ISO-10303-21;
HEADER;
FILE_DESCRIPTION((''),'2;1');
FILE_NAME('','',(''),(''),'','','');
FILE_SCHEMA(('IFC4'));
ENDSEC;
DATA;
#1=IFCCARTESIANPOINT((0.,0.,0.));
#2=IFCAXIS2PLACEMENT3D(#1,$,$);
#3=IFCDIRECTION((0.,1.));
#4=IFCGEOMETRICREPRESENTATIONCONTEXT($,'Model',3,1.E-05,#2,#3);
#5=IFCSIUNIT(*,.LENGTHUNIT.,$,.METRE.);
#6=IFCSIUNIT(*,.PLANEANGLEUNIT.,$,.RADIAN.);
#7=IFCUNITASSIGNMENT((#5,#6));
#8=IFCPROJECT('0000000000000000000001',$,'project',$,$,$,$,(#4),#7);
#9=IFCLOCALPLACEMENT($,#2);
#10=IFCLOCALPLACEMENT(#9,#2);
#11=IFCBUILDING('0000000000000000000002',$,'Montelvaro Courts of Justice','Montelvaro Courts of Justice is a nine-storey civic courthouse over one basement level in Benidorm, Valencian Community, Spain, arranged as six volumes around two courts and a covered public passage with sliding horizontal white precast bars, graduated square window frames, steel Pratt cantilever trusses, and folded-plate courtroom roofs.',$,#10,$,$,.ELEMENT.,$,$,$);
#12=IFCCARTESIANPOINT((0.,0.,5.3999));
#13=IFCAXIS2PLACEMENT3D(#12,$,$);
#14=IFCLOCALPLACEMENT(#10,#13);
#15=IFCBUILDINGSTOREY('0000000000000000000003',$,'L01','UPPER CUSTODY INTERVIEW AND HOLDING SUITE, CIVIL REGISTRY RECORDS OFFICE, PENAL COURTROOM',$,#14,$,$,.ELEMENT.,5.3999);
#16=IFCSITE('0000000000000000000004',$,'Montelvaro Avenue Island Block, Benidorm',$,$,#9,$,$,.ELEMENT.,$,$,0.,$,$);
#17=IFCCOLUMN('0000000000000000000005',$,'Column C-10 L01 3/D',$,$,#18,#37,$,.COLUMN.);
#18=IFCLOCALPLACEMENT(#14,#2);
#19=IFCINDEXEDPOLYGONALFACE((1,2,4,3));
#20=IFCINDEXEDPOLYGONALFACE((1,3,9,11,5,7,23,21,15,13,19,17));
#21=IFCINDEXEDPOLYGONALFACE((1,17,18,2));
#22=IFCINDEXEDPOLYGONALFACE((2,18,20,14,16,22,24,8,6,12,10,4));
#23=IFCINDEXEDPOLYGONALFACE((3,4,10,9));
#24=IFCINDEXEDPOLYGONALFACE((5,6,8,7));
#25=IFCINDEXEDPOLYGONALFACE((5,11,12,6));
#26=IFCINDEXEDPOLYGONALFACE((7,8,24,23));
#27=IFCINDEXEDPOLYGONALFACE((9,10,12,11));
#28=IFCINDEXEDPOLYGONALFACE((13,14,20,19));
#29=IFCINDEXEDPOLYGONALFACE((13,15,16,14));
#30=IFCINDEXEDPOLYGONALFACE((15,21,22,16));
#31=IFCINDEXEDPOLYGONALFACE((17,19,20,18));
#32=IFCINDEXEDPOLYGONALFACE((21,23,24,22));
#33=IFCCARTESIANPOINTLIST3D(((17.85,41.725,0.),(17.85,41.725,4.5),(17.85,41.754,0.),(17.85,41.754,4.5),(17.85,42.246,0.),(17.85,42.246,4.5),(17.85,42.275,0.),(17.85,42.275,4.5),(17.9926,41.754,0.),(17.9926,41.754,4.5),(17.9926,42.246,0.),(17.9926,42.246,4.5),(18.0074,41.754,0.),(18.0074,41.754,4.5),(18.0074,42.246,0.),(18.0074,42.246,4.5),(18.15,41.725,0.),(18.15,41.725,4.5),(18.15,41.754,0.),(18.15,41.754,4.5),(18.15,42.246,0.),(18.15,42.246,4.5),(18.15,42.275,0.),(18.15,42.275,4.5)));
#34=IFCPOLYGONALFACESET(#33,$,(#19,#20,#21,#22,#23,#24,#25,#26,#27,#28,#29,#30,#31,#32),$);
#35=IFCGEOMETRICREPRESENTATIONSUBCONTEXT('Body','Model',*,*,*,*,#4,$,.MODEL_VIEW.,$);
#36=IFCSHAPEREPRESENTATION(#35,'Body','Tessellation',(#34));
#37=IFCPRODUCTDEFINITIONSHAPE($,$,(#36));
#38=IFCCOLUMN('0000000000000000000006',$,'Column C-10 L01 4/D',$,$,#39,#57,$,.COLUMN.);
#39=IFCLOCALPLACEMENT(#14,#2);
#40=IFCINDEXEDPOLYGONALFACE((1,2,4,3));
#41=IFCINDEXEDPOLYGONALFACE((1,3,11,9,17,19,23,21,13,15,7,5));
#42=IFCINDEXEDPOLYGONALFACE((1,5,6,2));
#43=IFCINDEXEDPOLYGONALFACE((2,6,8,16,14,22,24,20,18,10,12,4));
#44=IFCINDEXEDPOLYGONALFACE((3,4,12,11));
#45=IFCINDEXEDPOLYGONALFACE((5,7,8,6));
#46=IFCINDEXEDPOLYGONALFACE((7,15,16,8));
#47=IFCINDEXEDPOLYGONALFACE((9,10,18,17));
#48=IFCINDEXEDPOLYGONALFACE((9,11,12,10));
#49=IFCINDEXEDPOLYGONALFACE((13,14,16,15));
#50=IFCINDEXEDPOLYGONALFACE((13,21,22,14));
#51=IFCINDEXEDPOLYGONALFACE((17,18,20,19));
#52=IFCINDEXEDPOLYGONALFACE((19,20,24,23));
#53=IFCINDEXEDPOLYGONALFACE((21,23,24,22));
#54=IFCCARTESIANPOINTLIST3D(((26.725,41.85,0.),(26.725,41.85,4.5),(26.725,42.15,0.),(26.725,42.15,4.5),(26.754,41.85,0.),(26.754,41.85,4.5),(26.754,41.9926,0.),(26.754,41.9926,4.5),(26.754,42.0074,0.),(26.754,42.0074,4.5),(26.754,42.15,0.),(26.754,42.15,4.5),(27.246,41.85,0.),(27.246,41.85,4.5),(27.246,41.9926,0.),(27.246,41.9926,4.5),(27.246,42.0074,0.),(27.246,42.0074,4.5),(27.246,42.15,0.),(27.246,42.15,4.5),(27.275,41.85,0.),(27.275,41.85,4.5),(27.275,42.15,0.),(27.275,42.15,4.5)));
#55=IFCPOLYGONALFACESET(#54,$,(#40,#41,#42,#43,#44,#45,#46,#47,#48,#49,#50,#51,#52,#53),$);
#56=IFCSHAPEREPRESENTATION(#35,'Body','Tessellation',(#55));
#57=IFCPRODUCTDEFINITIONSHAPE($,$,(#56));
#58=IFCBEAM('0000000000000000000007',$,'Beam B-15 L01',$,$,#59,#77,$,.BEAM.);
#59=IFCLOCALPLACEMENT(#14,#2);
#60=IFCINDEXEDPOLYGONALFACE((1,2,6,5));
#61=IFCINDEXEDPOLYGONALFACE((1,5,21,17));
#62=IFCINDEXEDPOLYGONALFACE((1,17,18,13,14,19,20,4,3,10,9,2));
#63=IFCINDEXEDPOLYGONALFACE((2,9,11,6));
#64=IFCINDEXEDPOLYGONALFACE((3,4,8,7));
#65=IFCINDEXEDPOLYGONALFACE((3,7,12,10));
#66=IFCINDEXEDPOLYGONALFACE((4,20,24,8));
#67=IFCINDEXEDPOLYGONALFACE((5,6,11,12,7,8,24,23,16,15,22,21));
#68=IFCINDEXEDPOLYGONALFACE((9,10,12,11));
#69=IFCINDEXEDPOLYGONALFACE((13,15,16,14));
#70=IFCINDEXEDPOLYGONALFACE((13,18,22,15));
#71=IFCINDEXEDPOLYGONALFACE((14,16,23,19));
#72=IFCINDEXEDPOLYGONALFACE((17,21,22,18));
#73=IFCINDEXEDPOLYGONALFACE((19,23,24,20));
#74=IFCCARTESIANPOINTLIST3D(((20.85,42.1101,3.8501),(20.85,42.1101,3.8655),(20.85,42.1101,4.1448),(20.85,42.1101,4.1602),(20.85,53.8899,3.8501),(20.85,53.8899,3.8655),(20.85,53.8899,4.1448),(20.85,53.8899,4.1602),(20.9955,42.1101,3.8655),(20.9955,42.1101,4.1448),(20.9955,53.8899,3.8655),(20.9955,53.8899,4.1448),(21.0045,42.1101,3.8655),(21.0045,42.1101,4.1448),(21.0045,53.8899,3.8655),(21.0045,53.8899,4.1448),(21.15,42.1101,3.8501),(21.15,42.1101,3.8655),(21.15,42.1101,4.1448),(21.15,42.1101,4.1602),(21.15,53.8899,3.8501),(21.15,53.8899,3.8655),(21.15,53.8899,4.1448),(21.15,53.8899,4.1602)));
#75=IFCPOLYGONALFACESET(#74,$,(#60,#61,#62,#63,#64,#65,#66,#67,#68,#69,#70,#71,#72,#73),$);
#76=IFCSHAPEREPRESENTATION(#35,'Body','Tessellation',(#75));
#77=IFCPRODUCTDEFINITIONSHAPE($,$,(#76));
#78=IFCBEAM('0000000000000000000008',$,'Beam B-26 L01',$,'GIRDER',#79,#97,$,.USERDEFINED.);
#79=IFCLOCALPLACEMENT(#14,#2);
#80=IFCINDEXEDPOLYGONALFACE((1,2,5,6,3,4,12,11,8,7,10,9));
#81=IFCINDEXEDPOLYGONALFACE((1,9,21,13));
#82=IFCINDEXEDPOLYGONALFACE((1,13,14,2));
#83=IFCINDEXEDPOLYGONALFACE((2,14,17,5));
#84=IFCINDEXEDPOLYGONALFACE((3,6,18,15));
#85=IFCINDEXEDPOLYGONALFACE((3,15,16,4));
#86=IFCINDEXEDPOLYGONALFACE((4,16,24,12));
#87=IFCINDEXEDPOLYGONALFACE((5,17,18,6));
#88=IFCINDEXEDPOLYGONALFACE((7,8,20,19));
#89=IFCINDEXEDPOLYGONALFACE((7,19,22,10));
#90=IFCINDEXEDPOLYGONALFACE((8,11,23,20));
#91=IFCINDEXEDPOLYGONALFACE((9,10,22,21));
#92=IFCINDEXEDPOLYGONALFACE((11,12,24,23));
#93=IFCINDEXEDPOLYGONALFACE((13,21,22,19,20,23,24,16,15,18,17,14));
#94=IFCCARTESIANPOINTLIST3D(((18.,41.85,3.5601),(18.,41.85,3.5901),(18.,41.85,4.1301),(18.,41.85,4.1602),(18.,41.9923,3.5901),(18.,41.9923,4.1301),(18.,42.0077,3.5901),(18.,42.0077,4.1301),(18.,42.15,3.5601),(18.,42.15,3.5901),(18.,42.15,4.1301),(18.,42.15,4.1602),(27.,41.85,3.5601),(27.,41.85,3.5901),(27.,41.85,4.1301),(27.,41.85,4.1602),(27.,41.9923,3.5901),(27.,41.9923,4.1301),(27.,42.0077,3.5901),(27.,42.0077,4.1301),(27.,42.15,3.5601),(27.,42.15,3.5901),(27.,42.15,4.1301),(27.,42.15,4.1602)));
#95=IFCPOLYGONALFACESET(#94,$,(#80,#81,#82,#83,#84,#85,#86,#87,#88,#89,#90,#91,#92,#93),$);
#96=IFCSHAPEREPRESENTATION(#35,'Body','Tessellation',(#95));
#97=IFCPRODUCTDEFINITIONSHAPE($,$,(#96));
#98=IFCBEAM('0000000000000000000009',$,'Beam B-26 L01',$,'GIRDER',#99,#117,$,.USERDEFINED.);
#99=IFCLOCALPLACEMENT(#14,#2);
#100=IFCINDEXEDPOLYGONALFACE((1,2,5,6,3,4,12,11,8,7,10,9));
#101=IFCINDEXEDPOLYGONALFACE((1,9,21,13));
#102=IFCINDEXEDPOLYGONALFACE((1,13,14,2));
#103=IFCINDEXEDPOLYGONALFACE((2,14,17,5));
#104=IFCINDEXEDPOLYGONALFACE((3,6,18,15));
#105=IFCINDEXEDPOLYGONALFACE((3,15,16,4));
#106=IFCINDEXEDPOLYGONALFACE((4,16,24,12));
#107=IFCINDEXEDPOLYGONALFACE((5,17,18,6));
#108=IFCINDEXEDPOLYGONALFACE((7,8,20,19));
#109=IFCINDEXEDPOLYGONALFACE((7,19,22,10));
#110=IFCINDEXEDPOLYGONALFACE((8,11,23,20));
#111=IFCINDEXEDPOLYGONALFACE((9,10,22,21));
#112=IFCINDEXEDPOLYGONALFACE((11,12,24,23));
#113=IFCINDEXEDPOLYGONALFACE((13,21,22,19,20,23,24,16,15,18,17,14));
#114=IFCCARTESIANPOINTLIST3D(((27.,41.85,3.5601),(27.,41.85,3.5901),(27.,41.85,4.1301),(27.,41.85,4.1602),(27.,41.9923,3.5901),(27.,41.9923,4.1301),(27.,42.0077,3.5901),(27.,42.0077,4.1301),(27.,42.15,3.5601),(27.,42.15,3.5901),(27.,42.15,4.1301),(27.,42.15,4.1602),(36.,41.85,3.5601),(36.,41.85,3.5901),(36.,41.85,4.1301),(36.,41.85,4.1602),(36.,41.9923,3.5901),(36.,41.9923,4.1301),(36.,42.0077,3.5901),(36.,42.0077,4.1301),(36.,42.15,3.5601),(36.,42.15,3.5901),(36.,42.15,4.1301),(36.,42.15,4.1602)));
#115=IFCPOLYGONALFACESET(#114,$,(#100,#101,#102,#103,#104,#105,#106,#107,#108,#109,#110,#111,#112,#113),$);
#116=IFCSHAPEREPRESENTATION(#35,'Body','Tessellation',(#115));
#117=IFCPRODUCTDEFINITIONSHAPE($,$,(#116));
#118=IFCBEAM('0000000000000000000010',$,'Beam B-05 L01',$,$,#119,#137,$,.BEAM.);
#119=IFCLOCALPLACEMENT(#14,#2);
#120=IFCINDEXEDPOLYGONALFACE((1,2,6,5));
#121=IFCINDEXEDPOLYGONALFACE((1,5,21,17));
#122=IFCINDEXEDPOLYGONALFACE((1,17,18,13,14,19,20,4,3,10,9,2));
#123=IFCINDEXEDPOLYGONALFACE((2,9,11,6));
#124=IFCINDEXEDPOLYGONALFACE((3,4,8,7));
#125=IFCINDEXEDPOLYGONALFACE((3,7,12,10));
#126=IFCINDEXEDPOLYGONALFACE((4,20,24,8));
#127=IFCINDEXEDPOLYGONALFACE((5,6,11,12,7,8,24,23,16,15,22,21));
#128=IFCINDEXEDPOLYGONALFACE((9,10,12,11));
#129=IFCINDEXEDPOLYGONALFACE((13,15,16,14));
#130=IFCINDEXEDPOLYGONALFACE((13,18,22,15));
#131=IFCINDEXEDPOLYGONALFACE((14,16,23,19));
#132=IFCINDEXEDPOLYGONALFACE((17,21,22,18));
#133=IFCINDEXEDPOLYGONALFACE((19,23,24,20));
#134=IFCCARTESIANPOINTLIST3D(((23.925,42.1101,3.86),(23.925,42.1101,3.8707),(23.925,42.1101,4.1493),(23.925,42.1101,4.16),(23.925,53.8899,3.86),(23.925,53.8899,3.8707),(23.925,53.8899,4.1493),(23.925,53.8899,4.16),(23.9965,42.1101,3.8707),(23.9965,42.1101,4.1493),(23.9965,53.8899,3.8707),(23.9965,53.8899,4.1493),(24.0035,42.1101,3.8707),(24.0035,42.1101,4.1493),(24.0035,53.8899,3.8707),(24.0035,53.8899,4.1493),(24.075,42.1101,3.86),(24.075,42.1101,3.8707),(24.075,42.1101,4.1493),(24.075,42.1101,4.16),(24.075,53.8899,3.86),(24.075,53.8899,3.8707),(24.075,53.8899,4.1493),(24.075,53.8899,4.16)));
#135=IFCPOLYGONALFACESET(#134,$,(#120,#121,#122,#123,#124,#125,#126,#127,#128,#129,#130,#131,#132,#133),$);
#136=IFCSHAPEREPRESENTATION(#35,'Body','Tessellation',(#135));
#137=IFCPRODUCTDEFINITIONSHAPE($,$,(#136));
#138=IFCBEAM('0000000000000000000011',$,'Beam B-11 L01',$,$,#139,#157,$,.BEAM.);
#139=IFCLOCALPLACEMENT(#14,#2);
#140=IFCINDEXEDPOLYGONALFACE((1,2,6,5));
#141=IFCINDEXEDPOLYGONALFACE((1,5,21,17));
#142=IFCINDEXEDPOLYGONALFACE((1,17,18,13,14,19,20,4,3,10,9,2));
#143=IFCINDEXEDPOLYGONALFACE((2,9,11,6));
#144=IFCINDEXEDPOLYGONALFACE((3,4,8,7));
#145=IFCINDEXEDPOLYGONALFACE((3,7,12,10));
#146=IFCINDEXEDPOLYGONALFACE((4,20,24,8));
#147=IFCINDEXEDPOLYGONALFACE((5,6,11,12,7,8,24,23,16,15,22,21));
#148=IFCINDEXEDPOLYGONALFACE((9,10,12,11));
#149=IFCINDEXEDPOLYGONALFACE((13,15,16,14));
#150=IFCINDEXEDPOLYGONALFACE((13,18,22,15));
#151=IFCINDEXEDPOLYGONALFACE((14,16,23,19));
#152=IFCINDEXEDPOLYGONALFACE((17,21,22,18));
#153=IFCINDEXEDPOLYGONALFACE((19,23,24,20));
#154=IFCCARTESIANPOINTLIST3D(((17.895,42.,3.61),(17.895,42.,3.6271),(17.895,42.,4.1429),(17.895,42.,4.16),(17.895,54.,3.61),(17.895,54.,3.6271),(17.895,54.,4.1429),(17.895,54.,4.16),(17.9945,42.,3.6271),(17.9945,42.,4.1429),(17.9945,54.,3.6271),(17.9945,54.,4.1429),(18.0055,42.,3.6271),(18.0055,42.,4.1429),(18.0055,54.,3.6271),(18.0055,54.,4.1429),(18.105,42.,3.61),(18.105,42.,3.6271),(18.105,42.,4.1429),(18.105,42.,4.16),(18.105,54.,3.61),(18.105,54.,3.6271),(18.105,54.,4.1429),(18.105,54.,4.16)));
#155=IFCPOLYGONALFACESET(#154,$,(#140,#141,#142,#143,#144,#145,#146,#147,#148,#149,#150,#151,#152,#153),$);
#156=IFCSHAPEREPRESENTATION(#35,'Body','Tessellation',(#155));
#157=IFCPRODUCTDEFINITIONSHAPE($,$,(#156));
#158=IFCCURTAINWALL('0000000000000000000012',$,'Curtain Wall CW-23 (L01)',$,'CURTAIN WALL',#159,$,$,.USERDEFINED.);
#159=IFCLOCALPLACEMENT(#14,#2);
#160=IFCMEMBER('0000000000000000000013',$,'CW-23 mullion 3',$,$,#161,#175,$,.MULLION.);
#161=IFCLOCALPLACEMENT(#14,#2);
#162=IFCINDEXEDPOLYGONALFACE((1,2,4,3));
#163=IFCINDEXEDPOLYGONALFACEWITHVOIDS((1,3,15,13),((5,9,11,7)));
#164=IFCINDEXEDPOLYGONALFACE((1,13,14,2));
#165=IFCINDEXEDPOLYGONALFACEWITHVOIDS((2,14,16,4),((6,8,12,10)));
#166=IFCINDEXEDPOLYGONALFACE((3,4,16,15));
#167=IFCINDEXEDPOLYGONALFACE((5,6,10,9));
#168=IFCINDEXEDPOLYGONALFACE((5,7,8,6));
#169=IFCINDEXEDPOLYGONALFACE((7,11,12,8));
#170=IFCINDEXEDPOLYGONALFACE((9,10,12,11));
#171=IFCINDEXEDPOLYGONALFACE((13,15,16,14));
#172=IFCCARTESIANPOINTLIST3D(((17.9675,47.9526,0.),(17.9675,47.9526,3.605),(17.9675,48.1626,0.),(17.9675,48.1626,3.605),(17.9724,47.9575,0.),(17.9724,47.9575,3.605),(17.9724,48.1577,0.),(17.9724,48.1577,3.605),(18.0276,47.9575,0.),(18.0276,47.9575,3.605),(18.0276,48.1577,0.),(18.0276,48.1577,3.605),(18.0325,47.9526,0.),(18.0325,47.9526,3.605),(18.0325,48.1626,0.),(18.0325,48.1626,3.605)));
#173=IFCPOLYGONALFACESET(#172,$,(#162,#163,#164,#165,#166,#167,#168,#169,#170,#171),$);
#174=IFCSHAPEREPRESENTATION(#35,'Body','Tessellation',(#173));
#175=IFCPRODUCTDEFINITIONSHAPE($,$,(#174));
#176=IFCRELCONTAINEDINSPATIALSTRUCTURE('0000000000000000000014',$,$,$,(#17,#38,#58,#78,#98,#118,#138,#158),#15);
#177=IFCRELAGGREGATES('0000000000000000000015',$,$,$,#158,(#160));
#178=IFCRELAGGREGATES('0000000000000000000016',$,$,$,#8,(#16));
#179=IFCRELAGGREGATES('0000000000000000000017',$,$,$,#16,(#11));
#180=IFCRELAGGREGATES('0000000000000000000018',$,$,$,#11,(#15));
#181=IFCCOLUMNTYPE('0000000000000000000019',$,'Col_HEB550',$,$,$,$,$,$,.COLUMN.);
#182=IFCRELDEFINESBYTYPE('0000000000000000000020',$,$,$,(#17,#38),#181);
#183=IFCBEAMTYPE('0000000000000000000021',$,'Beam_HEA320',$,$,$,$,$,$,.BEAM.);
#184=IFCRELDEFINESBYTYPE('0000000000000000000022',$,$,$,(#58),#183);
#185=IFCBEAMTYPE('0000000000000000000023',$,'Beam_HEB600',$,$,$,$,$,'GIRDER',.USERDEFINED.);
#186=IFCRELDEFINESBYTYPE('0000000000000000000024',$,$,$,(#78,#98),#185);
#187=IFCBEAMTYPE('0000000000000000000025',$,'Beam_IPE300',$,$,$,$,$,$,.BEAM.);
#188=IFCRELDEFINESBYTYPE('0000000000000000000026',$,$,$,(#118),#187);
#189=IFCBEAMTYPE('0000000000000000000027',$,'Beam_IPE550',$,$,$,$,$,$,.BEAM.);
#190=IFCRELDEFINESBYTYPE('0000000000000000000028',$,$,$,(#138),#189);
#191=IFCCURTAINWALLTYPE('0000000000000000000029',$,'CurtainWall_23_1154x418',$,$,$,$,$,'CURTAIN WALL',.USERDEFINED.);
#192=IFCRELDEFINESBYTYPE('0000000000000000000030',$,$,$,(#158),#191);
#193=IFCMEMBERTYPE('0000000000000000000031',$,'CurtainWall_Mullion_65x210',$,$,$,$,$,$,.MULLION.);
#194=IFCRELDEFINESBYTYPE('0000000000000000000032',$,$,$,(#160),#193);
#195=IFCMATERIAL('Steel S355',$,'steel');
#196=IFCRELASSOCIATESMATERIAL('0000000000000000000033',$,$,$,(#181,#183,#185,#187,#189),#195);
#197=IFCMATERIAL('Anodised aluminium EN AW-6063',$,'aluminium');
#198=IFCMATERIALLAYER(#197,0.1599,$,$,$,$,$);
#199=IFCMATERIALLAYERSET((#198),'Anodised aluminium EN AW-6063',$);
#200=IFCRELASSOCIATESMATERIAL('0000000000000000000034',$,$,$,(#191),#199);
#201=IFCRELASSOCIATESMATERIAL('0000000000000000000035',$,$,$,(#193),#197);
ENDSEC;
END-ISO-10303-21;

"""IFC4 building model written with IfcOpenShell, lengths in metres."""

from ifc_helpers import new_model, si_unit, direction, frame, origin, origin_2d, place, context, subcontext, project, spatial, hollow_rectangle, i_section, extrude, material, layer, layer_set, material_profile, profile_set, type_object, element, aggregate, save


model = new_model("IFC4")

# Units and contexts
model_context = context("Model", 3, precision=1e-05, world=origin(), true_north=direction((0.0, 1.0)))
body_context = subcontext(model_context, "Body", "Model", "MODEL_VIEW")
ifc_project = project(units=[si_unit("LENGTHUNIT", "METRE"), si_unit("PLANEANGLEUNIT", "RADIAN")], contexts=[model_context])

# Site, building, storey
site_placement = place(None, origin())
site = spatial("IfcSite", under=ifc_project, at=site_placement, Name="Montelvaro Avenue Island Block, Benidorm", CompositionType="ELEMENT", RefElevation=0.0)
building_placement = place(site_placement, origin())
building = spatial("IfcBuilding", under=site, at=building_placement, Name="Montelvaro Courts of Justice", Description="Montelvaro Courts of Justice is a nine-storey civic courthouse over one basement level in Benidorm, Valencian Community, Spain, arranged as six volumes around two courts and a covered public passage with sliding horizontal white precast bars, graduated square window frames, steel Pratt cantilever trusses, and folded-plate courtroom roofs.", CompositionType="ELEMENT")
storey_placement = place(building_placement, frame((0.0, 0.0, 5.3999)))
storey = spatial("IfcBuildingStorey", under=building, at=storey_placement, Name="L01", Description="UPPER CUSTODY INTERVIEW AND HOLDING SUITE, CIVIL REGISTRY RECORDS OFFICE, PENAL COURTROOM", CompositionType="ELEMENT", Elevation=5.3999)

# Columns
ifc_material_1 = material(Name="Steel S355", Category="steel")
ifc_material_profile_1 = material_profile(ifc_material_1, i_section(OverallWidth=0.3, OverallDepth=0.55, WebThickness=0.0149, FlangeThickness=0.0291, at=origin_2d()), Name="HEB 550")
ifc_profile_set_1 = profile_set([ifc_material_profile_1], Name="Steel S355")
column_type = type_object("IfcColumnType", Name="Col_HEB550", PredefinedType="COLUMN", material=ifc_profile_set_1)
for number, where, z_axis, x_axis, name in (
    (1, (18.0, 42.0, 0.0), (0.0, 0.0, 1.0), (1.0, 0.0, 0.0), "Column C-10 L01 3/D"),
    (2, (27.0, 42.0, 0.0), (0.0, 0.0, 1.0), (0.0, 1.0, 0.0), "Column C-10 L01 4/D"),
):
    element("IfcColumn", number, at=place(storey_placement, frame(where, z_axis=z_axis, x_axis=x_axis)), inside=storey, type_object=column_type, Name=name, PredefinedType="COLUMN", context=body_context, shape_type="SweptSolid", body=[
        extrude(i_section(OverallWidth=0.3, OverallDepth=0.55, WebThickness=0.0149, FlangeThickness=0.0291, at=origin_2d()), origin(), (0.0, 0.0, 1.0), 4.5),
    ])

# Beams
ifc_material_profile_2 = material_profile(ifc_material_1, i_section(OverallWidth=0.3, OverallDepth=0.3101, WebThickness=0.009, FlangeThickness=0.0154, at=origin_2d()), Name="HEA 320")
ifc_profile_set_2 = profile_set([ifc_material_profile_2], Name="Steel S355")
beam_type_1 = type_object("IfcBeamType", Name="Beam_HEA320", PredefinedType="BEAM", material=ifc_profile_set_2)
beam_1_placement = place(storey_placement, frame((21.0, 42.1101, 4.0051), z_axis=(0.0, 1.0, 0.0), x_axis=(-1.0, 0.0, 0.0)))
element("IfcBeam", 3, at=beam_1_placement, inside=storey, type_object=beam_type_1, Name="Beam B-15 L01", PredefinedType="BEAM", context=body_context, shape_type="SweptSolid", body=[
    extrude(i_section(OverallWidth=0.3, OverallDepth=0.3101, WebThickness=0.009, FlangeThickness=0.0154, at=origin_2d()), origin(), (0.0, 0.0, 1.0), 11.7798),
])
ifc_material_profile_3 = material_profile(ifc_material_1, i_section(OverallWidth=0.3, OverallDepth=0.6001, WebThickness=0.0154, FlangeThickness=0.03, at=origin_2d()), Name="HEB 600")
ifc_profile_set_3 = profile_set([ifc_material_profile_3], Name="Steel S355")
beam_type_2 = type_object("IfcBeamType", Name="Beam_HEB600", ElementType="GIRDER", PredefinedType="USERDEFINED", material=ifc_profile_set_3)
for number, where, z_axis, x_axis, name in (
    (4, (18.0, 42.0, 3.8601), (1.0, 0.0, 0.0), (0.0, 1.0, 0.0), "Beam B-26 L01"),
    (5, (27.0, 42.0, 3.8601), (1.0, 0.0, 0.0), (0.0, 1.0, 0.0), "Beam B-26 L01"),
):
    element("IfcBeam", number, at=place(storey_placement, frame(where, z_axis=z_axis, x_axis=x_axis)), inside=storey, type_object=beam_type_2, Name=name, ObjectType="GIRDER", PredefinedType="USERDEFINED", context=body_context, shape_type="SweptSolid", body=[
        extrude(i_section(OverallWidth=0.3, OverallDepth=0.6001, WebThickness=0.0154, FlangeThickness=0.03, at=origin_2d()), origin(), (0.0, 0.0, 1.0), 9.0),
    ])
ifc_material_profile_4 = material_profile(ifc_material_1, i_section(OverallWidth=0.1499, OverallDepth=0.3, WebThickness=0.0071, FlangeThickness=0.0107, at=origin_2d()), Name="IPE 300")
ifc_profile_set_4 = profile_set([ifc_material_profile_4], Name="Steel S355")
beam_type_3 = type_object("IfcBeamType", Name="Beam_IPE300", PredefinedType="BEAM", material=ifc_profile_set_4)
beam_2_placement = place(storey_placement, frame((24.0, 42.1101, 4.01), z_axis=(0.0, 1.0, 0.0), x_axis=(-1.0, 0.0, 0.0)))
element("IfcBeam", 6, at=beam_2_placement, inside=storey, type_object=beam_type_3, Name="Beam B-05 L01", PredefinedType="BEAM", context=body_context, shape_type="SweptSolid", body=[
    extrude(i_section(OverallWidth=0.1499, OverallDepth=0.3, WebThickness=0.0071, FlangeThickness=0.0107, at=origin_2d()), origin(), (0.0, 0.0, 1.0), 11.7798),
])
ifc_material_profile_5 = material_profile(ifc_material_1, i_section(OverallWidth=0.21, OverallDepth=0.55, WebThickness=0.011, FlangeThickness=0.0171, at=origin_2d()), Name="IPE 550")
ifc_profile_set_5 = profile_set([ifc_material_profile_5], Name="Steel S355")
beam_type_4 = type_object("IfcBeamType", Name="Beam_IPE550", PredefinedType="BEAM", material=ifc_profile_set_5)
beam_3_placement = place(storey_placement, frame((18.0, 42.0, 3.885), z_axis=(0.0, 1.0, 0.0), x_axis=(-1.0, 0.0, 0.0)))
element("IfcBeam", 7, at=beam_3_placement, inside=storey, type_object=beam_type_4, Name="Beam B-11 L01", PredefinedType="BEAM", context=body_context, shape_type="SweptSolid", body=[
    extrude(i_section(OverallWidth=0.21, OverallDepth=0.55, WebThickness=0.011, FlangeThickness=0.0171, at=origin_2d()), origin(), (0.0, 0.0, 1.0), 12.0),
])

# Curtain wall, member
ifc_material_2 = material(Name="Anodised aluminium EN AW-6063", Category="aluminium")
ifc_layer_1 = layer(ifc_material_2, 0.1599)
ifc_layer_set_1 = layer_set([ifc_layer_1], Name="Anodised aluminium EN AW-6063")
curtain_wall_type = type_object("IfcCurtainWallType", Name="CurtainWall_23_1154x418", ElementType="CURTAIN WALL", PredefinedType="USERDEFINED", material=ifc_layer_set_1)
curtain_wall_placement = place(storey_placement, origin())
curtain_wall = element("IfcCurtainWall", 8, at=curtain_wall_placement, inside=storey, type_object=curtain_wall_type, Name="Curtain Wall CW-23 (L01)", ObjectType="CURTAIN WALL", PredefinedType="USERDEFINED")
ifc_material_profile_6 = material_profile(ifc_material_2, hollow_rectangle(XDim=0.0649, YDim=0.21, WallThickness=0.0049, at=origin_2d()), Name="ALU-M 65x210")
ifc_profile_set_6 = profile_set([ifc_material_profile_6], Name="Anodised aluminium EN AW-6063")
member_type_1 = type_object("IfcMemberType", Name="CurtainWall_Mullion_65x210", PredefinedType="MULLION", material=ifc_profile_set_6)
member_1_placement = place(storey_placement, frame((18.0, 48.0576, 0.0), z_axis=(0.0, 0.0, 1.0), x_axis=(1.0, 0.0, 0.0)))
member_1 = element("IfcMember", 9, at=member_1_placement, type_object=member_type_1, Name="CW-23 mullion 3", PredefinedType="MULLION", context=body_context, shape_type="SweptSolid", body=[
    extrude(hollow_rectangle(XDim=0.0649, YDim=0.21, WallThickness=0.0049, at=origin_2d()), origin(), (0.0, 0.0, 1.0), 3.605),
])
aggregate(curtain_wall, [member_1])

save(model, "model.ifc")
